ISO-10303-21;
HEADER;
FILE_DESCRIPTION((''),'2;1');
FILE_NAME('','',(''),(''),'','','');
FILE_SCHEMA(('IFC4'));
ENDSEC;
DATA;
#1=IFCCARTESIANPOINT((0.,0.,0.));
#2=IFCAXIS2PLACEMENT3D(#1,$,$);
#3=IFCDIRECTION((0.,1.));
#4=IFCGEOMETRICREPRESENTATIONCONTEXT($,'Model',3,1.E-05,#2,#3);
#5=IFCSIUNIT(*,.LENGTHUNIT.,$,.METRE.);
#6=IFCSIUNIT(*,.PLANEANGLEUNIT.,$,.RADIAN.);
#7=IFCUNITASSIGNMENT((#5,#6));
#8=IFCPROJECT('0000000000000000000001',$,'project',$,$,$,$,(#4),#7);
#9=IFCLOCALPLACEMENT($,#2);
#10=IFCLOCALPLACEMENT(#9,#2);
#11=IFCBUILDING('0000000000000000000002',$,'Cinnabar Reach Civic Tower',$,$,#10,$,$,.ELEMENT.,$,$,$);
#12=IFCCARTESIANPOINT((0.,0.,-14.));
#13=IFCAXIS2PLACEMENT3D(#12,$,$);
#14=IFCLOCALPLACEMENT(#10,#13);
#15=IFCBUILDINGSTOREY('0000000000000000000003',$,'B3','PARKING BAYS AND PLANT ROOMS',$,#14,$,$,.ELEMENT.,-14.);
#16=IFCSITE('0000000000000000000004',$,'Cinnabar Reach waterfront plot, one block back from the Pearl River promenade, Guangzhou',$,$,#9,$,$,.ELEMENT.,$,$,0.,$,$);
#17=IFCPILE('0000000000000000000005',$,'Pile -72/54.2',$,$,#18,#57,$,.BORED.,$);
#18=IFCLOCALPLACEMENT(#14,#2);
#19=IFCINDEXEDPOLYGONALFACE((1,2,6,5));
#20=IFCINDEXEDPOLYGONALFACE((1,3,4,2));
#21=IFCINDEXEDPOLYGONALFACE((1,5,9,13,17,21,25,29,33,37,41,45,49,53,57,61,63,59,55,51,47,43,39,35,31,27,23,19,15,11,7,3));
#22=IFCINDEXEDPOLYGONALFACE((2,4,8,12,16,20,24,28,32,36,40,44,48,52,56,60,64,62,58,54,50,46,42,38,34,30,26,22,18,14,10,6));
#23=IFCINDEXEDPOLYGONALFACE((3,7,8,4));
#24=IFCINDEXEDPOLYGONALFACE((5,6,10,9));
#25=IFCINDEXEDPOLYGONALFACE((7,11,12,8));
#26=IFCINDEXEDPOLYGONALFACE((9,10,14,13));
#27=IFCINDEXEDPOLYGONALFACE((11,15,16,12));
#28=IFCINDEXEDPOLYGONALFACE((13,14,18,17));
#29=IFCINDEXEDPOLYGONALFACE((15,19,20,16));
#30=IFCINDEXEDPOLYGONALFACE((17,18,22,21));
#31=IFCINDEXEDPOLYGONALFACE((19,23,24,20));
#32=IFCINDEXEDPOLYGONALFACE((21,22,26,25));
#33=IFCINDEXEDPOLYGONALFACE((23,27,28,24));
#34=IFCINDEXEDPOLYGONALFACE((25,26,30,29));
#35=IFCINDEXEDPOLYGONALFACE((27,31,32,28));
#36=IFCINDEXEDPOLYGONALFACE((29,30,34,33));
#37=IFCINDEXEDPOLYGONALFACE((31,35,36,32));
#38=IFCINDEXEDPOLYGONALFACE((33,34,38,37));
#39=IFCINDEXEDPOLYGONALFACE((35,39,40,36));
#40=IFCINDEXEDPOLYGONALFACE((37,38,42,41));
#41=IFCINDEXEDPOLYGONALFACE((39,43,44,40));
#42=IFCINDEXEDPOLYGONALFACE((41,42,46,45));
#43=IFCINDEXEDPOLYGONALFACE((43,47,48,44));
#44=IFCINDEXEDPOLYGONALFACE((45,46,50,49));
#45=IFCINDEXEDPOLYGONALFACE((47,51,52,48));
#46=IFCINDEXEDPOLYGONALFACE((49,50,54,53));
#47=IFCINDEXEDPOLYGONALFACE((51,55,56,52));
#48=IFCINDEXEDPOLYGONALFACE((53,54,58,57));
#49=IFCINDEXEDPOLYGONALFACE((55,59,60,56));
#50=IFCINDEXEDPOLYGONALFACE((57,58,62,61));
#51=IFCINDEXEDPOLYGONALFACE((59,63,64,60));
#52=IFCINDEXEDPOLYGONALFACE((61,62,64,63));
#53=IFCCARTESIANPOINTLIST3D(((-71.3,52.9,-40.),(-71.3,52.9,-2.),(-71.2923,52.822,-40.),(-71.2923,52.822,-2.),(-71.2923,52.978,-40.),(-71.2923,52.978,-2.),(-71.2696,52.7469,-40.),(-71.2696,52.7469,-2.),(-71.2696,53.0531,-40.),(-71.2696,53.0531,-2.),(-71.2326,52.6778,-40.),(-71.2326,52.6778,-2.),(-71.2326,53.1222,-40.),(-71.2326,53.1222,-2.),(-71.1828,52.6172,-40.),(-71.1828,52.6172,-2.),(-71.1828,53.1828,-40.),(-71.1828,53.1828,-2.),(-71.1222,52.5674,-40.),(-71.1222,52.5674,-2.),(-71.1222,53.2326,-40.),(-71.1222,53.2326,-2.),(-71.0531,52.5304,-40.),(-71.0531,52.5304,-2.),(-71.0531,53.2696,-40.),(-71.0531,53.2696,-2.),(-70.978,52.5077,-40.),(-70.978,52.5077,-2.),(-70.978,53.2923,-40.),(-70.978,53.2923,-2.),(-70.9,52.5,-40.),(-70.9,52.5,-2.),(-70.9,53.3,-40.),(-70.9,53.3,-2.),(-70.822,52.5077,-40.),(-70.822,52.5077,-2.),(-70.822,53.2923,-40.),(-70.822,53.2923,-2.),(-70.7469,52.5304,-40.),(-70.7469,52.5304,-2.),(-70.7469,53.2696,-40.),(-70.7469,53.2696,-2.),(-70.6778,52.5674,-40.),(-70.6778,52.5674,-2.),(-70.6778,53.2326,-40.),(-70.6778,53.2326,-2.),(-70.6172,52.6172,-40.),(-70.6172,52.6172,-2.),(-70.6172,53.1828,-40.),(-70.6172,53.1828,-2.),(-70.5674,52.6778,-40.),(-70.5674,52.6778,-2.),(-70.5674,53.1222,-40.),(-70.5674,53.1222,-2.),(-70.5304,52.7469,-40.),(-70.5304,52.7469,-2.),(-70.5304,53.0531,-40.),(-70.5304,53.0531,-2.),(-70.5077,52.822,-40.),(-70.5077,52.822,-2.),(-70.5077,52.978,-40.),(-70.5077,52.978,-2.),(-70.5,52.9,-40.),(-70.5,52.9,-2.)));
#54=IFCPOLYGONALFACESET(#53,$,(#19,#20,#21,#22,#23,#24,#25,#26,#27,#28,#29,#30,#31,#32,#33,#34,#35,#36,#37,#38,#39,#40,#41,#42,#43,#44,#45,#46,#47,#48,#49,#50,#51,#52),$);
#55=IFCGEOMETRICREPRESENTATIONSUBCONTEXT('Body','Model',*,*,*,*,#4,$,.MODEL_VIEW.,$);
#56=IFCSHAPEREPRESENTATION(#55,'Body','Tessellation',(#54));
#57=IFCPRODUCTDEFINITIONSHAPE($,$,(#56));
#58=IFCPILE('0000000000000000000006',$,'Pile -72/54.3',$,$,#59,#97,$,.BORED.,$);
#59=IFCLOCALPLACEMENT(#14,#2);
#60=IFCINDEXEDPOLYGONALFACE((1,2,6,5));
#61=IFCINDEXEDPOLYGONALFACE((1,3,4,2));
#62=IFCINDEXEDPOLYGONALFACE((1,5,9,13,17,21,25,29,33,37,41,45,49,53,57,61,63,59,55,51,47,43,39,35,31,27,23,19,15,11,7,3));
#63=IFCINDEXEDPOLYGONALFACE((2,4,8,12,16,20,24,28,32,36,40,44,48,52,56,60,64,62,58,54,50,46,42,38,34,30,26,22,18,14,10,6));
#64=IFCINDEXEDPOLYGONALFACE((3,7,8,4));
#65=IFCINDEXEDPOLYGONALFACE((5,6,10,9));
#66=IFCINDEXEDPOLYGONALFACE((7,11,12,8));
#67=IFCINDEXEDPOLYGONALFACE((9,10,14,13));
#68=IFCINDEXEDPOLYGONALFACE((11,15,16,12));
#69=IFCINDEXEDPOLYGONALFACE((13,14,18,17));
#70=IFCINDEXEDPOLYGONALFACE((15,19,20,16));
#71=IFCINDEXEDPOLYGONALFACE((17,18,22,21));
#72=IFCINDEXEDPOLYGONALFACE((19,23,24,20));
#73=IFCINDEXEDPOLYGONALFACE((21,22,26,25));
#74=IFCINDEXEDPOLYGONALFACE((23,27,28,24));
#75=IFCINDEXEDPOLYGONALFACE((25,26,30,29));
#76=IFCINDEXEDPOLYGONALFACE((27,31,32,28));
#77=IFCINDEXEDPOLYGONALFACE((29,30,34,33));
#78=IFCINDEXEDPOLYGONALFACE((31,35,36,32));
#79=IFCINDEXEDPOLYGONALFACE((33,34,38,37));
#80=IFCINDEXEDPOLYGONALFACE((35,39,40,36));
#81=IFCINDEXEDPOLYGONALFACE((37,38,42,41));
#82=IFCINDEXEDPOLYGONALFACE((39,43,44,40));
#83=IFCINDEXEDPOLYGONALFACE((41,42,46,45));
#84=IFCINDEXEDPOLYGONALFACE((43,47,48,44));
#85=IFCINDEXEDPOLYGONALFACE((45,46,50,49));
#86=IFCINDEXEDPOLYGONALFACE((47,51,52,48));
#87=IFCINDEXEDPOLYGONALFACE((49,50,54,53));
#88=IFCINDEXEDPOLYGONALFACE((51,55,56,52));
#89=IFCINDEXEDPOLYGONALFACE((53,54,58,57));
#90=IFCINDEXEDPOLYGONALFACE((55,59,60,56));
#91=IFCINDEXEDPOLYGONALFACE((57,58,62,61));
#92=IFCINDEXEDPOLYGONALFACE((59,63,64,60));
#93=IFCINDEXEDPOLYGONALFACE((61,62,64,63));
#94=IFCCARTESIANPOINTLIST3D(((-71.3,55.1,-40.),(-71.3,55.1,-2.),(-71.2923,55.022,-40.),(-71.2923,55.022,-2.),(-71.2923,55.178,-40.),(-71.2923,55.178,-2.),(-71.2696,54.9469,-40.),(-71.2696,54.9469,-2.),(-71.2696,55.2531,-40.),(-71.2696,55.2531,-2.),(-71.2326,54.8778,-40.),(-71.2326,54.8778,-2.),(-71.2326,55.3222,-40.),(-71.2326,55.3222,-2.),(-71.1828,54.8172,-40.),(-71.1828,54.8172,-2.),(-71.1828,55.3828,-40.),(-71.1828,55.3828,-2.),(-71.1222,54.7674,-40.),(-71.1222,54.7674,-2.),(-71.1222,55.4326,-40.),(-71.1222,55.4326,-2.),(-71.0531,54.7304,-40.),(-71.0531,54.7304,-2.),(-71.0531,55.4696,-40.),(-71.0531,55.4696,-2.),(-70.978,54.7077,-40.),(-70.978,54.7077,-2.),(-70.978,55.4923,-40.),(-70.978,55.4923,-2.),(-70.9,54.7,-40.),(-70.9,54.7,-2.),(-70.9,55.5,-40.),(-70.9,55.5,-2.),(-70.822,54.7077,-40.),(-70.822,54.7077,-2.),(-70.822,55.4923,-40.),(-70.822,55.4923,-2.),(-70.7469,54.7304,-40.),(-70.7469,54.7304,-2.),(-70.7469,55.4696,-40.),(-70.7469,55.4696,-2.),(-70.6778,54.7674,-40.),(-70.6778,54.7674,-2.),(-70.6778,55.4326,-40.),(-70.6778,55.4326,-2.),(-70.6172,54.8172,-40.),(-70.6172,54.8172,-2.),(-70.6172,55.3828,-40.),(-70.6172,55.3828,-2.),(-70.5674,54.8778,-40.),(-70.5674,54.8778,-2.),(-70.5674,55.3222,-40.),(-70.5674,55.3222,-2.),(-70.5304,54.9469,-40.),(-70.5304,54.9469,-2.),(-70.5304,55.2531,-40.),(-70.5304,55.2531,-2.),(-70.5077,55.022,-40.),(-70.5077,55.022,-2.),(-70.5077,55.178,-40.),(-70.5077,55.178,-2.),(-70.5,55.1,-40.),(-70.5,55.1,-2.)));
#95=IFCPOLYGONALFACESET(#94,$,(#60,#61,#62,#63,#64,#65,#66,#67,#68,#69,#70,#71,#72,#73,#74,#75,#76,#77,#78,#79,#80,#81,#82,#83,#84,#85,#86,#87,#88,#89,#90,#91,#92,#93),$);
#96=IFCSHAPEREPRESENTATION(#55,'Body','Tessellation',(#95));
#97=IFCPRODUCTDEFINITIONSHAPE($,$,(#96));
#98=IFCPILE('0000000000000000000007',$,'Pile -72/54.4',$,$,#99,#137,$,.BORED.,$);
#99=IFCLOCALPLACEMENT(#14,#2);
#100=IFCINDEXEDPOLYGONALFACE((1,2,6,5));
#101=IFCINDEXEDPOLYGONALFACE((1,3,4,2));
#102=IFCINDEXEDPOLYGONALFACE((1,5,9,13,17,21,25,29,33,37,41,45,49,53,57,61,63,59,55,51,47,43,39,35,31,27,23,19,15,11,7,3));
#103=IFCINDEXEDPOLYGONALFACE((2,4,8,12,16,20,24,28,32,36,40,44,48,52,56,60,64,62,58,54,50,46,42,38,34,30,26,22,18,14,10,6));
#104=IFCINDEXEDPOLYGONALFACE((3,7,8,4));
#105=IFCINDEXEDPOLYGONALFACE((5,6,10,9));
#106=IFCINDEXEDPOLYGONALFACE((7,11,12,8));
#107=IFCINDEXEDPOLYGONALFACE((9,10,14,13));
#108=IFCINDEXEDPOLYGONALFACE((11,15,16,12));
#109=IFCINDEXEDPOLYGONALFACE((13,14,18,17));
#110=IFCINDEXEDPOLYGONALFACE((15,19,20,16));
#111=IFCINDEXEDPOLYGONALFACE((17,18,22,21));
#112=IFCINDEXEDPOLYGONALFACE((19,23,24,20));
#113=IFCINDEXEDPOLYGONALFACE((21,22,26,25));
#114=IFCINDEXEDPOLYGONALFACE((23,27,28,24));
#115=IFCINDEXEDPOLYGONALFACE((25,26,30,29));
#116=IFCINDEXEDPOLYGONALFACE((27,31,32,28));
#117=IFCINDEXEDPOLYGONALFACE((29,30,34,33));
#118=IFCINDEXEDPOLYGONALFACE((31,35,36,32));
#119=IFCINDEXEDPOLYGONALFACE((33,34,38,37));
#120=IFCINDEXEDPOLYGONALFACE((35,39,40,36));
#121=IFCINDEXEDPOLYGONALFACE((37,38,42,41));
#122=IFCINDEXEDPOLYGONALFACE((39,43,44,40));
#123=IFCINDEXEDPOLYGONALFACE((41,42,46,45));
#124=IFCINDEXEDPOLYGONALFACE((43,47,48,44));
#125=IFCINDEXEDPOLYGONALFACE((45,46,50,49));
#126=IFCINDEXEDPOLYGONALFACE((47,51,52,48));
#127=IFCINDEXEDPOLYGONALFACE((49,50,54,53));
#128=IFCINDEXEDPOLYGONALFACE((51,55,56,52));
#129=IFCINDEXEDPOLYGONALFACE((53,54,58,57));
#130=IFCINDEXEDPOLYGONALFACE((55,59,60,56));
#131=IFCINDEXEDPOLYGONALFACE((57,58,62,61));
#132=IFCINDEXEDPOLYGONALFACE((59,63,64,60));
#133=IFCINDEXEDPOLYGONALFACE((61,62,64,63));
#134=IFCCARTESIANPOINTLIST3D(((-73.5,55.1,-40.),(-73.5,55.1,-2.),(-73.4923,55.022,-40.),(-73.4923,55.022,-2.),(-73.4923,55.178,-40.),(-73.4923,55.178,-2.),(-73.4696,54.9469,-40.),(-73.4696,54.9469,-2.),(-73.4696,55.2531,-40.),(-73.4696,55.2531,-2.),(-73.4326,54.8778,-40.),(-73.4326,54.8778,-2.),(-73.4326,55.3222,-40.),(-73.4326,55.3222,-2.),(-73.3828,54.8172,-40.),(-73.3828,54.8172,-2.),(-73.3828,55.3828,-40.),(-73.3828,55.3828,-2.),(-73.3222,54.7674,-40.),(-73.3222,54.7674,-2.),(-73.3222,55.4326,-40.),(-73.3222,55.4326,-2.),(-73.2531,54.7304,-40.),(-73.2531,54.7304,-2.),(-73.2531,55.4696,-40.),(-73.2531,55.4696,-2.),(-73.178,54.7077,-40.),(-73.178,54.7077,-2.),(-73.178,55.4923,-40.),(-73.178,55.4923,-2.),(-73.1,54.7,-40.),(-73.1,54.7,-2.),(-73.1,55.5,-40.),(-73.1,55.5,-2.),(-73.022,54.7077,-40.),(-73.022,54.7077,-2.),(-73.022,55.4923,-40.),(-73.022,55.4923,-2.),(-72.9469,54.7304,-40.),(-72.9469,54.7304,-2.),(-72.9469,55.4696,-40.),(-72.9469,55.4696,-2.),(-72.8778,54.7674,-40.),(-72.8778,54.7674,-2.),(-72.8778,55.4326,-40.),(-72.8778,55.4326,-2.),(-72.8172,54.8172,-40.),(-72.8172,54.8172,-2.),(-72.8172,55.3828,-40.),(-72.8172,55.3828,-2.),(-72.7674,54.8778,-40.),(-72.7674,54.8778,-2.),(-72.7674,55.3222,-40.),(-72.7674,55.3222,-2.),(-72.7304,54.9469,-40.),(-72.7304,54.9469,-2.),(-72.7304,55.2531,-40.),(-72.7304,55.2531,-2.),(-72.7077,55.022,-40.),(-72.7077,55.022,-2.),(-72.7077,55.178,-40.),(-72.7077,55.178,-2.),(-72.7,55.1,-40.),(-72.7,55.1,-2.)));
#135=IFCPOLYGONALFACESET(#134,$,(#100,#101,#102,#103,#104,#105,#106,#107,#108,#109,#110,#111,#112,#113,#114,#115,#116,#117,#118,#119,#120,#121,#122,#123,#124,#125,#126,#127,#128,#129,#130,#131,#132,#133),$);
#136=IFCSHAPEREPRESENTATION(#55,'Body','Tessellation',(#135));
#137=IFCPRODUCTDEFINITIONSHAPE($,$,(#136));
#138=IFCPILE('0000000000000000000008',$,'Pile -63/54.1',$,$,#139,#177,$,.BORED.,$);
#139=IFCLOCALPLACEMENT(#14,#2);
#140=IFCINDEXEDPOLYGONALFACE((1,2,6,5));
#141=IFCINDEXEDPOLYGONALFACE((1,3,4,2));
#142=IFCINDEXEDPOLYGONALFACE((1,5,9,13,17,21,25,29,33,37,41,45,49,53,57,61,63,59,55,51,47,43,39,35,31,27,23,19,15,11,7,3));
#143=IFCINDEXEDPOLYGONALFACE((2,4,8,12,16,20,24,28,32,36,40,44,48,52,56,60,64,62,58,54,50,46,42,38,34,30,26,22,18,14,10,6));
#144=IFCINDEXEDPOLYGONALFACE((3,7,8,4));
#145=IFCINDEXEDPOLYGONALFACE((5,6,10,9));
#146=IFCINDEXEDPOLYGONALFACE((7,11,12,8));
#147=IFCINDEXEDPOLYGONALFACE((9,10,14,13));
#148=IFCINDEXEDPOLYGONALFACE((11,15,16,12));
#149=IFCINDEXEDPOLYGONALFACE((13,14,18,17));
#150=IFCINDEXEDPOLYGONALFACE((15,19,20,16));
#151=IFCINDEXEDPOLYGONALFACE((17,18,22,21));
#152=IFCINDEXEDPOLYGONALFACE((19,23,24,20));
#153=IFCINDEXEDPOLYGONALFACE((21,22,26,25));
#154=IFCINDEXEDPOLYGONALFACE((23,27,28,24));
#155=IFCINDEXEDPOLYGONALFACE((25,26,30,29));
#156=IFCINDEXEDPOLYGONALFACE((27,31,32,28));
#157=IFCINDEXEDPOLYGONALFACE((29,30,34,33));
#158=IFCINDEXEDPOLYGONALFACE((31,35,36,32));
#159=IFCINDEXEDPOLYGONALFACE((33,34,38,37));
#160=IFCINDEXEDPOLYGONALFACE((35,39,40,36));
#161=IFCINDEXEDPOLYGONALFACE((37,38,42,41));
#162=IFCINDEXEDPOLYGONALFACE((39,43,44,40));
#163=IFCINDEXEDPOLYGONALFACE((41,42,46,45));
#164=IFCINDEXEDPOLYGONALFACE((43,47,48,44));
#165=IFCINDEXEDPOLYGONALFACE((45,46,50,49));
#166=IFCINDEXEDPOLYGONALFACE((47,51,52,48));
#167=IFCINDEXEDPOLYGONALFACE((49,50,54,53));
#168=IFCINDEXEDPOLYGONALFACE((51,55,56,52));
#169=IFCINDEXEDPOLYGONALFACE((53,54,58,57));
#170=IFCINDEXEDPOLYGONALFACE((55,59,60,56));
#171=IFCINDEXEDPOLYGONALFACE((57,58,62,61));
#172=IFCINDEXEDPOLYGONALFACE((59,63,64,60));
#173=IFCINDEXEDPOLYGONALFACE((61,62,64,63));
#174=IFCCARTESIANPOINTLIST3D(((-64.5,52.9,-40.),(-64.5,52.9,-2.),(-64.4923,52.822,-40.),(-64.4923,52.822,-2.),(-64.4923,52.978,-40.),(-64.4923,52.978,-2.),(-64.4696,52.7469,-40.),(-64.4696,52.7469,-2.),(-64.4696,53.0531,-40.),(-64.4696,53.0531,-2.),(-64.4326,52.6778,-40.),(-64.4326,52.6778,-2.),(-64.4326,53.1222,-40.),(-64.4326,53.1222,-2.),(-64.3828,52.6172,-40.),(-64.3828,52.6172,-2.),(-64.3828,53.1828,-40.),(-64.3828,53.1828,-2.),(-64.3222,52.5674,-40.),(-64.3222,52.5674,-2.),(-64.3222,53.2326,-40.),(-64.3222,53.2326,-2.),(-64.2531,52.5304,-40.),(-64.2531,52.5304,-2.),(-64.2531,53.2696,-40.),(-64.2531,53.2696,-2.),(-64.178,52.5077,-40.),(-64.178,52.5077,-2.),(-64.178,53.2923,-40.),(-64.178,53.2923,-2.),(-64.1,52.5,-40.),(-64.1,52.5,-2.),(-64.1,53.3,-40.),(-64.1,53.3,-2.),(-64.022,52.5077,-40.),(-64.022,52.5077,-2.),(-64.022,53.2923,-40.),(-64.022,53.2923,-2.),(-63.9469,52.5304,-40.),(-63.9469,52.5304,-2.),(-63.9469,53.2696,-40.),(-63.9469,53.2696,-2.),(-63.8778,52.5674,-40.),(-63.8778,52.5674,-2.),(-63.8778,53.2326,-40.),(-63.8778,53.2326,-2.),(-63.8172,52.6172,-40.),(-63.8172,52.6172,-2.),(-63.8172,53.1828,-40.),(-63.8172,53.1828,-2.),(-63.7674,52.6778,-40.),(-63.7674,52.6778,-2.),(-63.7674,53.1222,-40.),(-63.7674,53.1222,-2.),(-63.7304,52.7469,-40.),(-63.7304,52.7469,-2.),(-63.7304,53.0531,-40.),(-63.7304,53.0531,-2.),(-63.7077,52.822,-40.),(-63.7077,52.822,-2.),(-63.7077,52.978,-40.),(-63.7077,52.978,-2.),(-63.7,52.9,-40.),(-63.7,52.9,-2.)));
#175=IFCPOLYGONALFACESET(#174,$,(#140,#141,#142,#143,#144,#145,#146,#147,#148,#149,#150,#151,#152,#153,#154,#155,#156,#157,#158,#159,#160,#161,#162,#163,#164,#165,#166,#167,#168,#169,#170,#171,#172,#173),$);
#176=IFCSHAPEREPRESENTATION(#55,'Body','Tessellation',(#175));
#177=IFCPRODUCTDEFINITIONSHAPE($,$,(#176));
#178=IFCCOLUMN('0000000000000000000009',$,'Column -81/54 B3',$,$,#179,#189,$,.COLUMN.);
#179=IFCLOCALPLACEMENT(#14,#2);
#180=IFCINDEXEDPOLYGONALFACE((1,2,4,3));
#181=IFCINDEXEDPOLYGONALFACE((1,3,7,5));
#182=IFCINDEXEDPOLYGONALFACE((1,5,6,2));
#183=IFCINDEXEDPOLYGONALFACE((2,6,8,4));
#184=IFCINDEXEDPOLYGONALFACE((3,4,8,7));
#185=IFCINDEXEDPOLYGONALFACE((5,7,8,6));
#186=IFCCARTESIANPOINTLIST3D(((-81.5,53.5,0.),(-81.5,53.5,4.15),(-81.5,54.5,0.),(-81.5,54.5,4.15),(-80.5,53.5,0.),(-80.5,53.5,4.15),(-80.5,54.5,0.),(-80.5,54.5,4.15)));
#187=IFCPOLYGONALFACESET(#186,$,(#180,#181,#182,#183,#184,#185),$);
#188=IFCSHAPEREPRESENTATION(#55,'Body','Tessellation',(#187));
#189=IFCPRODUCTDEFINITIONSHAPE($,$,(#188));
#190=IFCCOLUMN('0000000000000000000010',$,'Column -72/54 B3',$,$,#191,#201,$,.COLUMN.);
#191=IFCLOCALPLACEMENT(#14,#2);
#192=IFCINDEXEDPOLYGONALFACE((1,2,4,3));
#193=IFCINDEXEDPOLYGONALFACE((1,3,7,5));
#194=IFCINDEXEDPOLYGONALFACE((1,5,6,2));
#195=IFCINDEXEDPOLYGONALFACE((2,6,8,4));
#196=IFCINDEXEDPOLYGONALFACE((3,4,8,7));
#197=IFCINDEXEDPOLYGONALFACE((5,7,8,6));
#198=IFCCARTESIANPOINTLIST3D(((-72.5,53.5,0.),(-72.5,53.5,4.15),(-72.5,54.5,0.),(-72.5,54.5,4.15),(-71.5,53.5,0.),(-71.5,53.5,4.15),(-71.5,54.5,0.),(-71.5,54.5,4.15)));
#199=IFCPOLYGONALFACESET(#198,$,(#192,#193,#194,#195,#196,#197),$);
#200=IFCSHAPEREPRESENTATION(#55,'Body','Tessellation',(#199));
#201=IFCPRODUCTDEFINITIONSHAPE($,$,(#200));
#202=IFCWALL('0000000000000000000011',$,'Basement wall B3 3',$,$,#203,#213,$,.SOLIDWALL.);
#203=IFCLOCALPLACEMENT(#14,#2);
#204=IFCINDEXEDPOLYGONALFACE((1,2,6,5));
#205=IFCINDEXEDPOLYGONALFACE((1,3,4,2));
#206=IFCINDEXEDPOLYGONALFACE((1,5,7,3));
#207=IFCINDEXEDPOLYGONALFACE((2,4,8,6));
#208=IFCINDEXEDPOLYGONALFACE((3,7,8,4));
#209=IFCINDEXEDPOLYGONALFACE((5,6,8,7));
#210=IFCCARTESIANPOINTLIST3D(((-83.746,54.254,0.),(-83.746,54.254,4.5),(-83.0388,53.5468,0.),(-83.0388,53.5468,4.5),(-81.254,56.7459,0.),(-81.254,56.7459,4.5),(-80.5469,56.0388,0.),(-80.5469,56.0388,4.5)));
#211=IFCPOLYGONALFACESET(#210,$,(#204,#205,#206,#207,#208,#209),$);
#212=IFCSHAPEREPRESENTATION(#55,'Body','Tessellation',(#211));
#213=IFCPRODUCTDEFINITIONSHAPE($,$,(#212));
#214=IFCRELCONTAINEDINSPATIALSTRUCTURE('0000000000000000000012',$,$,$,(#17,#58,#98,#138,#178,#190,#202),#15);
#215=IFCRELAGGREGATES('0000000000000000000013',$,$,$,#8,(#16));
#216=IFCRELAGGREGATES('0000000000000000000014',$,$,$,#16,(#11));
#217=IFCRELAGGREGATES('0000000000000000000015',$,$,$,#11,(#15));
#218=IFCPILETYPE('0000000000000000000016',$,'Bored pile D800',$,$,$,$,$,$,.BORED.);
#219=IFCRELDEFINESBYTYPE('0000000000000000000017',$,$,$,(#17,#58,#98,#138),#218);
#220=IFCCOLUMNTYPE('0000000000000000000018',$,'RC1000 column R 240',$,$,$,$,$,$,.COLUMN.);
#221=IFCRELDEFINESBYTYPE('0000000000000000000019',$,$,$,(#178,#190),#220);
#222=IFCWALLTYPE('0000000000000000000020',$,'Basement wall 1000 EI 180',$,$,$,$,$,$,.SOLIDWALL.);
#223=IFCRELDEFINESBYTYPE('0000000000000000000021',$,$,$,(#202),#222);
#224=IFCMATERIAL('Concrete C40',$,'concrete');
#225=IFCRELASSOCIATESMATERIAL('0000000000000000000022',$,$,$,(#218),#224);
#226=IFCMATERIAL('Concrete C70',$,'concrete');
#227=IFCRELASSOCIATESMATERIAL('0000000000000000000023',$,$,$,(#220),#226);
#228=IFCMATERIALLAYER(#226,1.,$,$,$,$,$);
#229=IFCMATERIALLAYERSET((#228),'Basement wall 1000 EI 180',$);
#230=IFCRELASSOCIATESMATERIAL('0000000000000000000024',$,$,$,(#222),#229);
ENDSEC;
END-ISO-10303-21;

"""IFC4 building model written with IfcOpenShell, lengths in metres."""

from ifc_helpers import new_model, si_unit, direction, frame, frame_2d, origin, origin_2d, place, context, subcontext, project, spatial, rectangle, circle, extrude, material, layer, layer_set, material_profile, profile_set, type_object, element, save


model = new_model("IFC4")

# Units and contexts
model_context = context("Model", 3, precision=1e-05, world=origin(), true_north=direction((0.0, 1.0)))
body_context = subcontext(model_context, "Body", "Model", "MODEL_VIEW")
ifc_project = project(units=[si_unit("LENGTHUNIT", "METRE"), si_unit("PLANEANGLEUNIT", "RADIAN")], contexts=[model_context])

# Site, building, storey
site_placement = place(None, origin())
site = spatial("IfcSite", under=ifc_project, at=site_placement, Name="Cinnabar Reach waterfront plot, one block back from the Pearl River promenade, Guangzhou", CompositionType="ELEMENT", RefElevation=0.0)
building_placement = place(site_placement, origin())
building = spatial("IfcBuilding", under=site, at=building_placement, Name="Cinnabar Reach Civic Tower", CompositionType="ELEMENT")
storey_placement = place(building_placement, frame((0.0, 0.0, -14.0)))
storey = spatial("IfcBuildingStorey", under=building, at=storey_placement, Name="B3", Description="PARKING BAYS AND PLANT ROOMS", CompositionType="ELEMENT", Elevation=-14.0)

# Piles
ifc_material_1 = material(Name="Concrete C40", Category="concrete")
pile_type_1 = type_object("IfcPileType", Name="Bored pile D800", PredefinedType="BORED", material=ifc_material_1)
for number, where, z_axis, x_axis, name in (
    (1, (-70.9, 52.9, -2.0), (0.0, 0.0, -1.0), (1.0, 0.0, 0.0), "Pile -72/54.2"),
    (2, (-70.9, 55.1, -2.0), (0.0, 0.0, -1.0), (1.0, 0.0, 0.0), "Pile -72/54.3"),
    (3, (-73.1, 55.1, -2.0), (0.0, 0.0, -1.0), (1.0, 0.0, 0.0), "Pile -72/54.4"),
    (4, (-64.1, 52.9, -2.0), (0.0, 0.0, -1.0), (1.0, 0.0, 0.0), "Pile -63/54.1"),
):
    element("IfcPile", number, at=place(storey_placement, frame(where, z_axis=z_axis, x_axis=x_axis)), inside=storey, type_object=pile_type_1, Name=name, PredefinedType="BORED", context=body_context, shape_type="SweptSolid", body=[
        extrude(circle(Radius=0.4, at=origin_2d()), origin(), (0.0, 0.0, 1.0), 38.0),
    ])

# Columns
ifc_material_2 = material(Name="Concrete C70", Category="concrete")
ifc_material_profile = material_profile(ifc_material_2, rectangle(XDim=1.0, YDim=1.0, at=origin_2d()), Name="RC1000")
ifc_profile_set = profile_set([ifc_material_profile], Name="Concrete C70")
column_type = type_object("IfcColumnType", Name="RC1000 column R 240", PredefinedType="COLUMN", material=ifc_profile_set)
for number, where, z_axis, x_axis, name in (
    (5, (-81.0, 54.0, 0.0), (0.0, 0.0, 1.0), (1.0, 0.0, 0.0), "Column -81/54 B3"),
    (6, (-72.0, 54.0, 0.0), (0.0, 0.0, 1.0), (1.0, 0.0, 0.0), "Column -72/54 B3"),
):
    element("IfcColumn", number, at=place(storey_placement, frame(where, z_axis=z_axis, x_axis=x_axis)), inside=storey, type_object=column_type, Name=name, PredefinedType="COLUMN", context=body_context, shape_type="SweptSolid", body=[
        extrude(rectangle(XDim=1.0, YDim=1.0, at=origin_2d()), origin(), (0.0, 0.0, 1.0), 4.15),
    ])

# Wall
ifc_layer_1 = layer(ifc_material_2, 1.0)
ifc_layer_set_1 = layer_set([ifc_layer_1], Name="Basement wall 1000 EI 180")
wall_type_1 = type_object("IfcWallType", Name="Basement wall 1000 EI 180", PredefinedType="SOLIDWALL", material=ifc_layer_set_1)
wall_1_placement = place(storey_placement, frame((-83.3924, 53.9004, 0.0), z_axis=(0.0, 0.0, 1.0), x_axis=(0.707107, 0.707107, 0.0)))
element("IfcWall", 7, at=wall_1_placement, inside=storey, type_object=wall_type_1, Name="Basement wall B3 3", PredefinedType="SOLIDWALL", context=body_context, shape_type="SweptSolid", body=[
    extrude(rectangle(XDim=3.5242, YDim=1.0, at=frame_2d((1.7621, 0.0))), origin(), (0.0, 0.0, 1.0), 4.5),
])

save(model, "model.ifc")
